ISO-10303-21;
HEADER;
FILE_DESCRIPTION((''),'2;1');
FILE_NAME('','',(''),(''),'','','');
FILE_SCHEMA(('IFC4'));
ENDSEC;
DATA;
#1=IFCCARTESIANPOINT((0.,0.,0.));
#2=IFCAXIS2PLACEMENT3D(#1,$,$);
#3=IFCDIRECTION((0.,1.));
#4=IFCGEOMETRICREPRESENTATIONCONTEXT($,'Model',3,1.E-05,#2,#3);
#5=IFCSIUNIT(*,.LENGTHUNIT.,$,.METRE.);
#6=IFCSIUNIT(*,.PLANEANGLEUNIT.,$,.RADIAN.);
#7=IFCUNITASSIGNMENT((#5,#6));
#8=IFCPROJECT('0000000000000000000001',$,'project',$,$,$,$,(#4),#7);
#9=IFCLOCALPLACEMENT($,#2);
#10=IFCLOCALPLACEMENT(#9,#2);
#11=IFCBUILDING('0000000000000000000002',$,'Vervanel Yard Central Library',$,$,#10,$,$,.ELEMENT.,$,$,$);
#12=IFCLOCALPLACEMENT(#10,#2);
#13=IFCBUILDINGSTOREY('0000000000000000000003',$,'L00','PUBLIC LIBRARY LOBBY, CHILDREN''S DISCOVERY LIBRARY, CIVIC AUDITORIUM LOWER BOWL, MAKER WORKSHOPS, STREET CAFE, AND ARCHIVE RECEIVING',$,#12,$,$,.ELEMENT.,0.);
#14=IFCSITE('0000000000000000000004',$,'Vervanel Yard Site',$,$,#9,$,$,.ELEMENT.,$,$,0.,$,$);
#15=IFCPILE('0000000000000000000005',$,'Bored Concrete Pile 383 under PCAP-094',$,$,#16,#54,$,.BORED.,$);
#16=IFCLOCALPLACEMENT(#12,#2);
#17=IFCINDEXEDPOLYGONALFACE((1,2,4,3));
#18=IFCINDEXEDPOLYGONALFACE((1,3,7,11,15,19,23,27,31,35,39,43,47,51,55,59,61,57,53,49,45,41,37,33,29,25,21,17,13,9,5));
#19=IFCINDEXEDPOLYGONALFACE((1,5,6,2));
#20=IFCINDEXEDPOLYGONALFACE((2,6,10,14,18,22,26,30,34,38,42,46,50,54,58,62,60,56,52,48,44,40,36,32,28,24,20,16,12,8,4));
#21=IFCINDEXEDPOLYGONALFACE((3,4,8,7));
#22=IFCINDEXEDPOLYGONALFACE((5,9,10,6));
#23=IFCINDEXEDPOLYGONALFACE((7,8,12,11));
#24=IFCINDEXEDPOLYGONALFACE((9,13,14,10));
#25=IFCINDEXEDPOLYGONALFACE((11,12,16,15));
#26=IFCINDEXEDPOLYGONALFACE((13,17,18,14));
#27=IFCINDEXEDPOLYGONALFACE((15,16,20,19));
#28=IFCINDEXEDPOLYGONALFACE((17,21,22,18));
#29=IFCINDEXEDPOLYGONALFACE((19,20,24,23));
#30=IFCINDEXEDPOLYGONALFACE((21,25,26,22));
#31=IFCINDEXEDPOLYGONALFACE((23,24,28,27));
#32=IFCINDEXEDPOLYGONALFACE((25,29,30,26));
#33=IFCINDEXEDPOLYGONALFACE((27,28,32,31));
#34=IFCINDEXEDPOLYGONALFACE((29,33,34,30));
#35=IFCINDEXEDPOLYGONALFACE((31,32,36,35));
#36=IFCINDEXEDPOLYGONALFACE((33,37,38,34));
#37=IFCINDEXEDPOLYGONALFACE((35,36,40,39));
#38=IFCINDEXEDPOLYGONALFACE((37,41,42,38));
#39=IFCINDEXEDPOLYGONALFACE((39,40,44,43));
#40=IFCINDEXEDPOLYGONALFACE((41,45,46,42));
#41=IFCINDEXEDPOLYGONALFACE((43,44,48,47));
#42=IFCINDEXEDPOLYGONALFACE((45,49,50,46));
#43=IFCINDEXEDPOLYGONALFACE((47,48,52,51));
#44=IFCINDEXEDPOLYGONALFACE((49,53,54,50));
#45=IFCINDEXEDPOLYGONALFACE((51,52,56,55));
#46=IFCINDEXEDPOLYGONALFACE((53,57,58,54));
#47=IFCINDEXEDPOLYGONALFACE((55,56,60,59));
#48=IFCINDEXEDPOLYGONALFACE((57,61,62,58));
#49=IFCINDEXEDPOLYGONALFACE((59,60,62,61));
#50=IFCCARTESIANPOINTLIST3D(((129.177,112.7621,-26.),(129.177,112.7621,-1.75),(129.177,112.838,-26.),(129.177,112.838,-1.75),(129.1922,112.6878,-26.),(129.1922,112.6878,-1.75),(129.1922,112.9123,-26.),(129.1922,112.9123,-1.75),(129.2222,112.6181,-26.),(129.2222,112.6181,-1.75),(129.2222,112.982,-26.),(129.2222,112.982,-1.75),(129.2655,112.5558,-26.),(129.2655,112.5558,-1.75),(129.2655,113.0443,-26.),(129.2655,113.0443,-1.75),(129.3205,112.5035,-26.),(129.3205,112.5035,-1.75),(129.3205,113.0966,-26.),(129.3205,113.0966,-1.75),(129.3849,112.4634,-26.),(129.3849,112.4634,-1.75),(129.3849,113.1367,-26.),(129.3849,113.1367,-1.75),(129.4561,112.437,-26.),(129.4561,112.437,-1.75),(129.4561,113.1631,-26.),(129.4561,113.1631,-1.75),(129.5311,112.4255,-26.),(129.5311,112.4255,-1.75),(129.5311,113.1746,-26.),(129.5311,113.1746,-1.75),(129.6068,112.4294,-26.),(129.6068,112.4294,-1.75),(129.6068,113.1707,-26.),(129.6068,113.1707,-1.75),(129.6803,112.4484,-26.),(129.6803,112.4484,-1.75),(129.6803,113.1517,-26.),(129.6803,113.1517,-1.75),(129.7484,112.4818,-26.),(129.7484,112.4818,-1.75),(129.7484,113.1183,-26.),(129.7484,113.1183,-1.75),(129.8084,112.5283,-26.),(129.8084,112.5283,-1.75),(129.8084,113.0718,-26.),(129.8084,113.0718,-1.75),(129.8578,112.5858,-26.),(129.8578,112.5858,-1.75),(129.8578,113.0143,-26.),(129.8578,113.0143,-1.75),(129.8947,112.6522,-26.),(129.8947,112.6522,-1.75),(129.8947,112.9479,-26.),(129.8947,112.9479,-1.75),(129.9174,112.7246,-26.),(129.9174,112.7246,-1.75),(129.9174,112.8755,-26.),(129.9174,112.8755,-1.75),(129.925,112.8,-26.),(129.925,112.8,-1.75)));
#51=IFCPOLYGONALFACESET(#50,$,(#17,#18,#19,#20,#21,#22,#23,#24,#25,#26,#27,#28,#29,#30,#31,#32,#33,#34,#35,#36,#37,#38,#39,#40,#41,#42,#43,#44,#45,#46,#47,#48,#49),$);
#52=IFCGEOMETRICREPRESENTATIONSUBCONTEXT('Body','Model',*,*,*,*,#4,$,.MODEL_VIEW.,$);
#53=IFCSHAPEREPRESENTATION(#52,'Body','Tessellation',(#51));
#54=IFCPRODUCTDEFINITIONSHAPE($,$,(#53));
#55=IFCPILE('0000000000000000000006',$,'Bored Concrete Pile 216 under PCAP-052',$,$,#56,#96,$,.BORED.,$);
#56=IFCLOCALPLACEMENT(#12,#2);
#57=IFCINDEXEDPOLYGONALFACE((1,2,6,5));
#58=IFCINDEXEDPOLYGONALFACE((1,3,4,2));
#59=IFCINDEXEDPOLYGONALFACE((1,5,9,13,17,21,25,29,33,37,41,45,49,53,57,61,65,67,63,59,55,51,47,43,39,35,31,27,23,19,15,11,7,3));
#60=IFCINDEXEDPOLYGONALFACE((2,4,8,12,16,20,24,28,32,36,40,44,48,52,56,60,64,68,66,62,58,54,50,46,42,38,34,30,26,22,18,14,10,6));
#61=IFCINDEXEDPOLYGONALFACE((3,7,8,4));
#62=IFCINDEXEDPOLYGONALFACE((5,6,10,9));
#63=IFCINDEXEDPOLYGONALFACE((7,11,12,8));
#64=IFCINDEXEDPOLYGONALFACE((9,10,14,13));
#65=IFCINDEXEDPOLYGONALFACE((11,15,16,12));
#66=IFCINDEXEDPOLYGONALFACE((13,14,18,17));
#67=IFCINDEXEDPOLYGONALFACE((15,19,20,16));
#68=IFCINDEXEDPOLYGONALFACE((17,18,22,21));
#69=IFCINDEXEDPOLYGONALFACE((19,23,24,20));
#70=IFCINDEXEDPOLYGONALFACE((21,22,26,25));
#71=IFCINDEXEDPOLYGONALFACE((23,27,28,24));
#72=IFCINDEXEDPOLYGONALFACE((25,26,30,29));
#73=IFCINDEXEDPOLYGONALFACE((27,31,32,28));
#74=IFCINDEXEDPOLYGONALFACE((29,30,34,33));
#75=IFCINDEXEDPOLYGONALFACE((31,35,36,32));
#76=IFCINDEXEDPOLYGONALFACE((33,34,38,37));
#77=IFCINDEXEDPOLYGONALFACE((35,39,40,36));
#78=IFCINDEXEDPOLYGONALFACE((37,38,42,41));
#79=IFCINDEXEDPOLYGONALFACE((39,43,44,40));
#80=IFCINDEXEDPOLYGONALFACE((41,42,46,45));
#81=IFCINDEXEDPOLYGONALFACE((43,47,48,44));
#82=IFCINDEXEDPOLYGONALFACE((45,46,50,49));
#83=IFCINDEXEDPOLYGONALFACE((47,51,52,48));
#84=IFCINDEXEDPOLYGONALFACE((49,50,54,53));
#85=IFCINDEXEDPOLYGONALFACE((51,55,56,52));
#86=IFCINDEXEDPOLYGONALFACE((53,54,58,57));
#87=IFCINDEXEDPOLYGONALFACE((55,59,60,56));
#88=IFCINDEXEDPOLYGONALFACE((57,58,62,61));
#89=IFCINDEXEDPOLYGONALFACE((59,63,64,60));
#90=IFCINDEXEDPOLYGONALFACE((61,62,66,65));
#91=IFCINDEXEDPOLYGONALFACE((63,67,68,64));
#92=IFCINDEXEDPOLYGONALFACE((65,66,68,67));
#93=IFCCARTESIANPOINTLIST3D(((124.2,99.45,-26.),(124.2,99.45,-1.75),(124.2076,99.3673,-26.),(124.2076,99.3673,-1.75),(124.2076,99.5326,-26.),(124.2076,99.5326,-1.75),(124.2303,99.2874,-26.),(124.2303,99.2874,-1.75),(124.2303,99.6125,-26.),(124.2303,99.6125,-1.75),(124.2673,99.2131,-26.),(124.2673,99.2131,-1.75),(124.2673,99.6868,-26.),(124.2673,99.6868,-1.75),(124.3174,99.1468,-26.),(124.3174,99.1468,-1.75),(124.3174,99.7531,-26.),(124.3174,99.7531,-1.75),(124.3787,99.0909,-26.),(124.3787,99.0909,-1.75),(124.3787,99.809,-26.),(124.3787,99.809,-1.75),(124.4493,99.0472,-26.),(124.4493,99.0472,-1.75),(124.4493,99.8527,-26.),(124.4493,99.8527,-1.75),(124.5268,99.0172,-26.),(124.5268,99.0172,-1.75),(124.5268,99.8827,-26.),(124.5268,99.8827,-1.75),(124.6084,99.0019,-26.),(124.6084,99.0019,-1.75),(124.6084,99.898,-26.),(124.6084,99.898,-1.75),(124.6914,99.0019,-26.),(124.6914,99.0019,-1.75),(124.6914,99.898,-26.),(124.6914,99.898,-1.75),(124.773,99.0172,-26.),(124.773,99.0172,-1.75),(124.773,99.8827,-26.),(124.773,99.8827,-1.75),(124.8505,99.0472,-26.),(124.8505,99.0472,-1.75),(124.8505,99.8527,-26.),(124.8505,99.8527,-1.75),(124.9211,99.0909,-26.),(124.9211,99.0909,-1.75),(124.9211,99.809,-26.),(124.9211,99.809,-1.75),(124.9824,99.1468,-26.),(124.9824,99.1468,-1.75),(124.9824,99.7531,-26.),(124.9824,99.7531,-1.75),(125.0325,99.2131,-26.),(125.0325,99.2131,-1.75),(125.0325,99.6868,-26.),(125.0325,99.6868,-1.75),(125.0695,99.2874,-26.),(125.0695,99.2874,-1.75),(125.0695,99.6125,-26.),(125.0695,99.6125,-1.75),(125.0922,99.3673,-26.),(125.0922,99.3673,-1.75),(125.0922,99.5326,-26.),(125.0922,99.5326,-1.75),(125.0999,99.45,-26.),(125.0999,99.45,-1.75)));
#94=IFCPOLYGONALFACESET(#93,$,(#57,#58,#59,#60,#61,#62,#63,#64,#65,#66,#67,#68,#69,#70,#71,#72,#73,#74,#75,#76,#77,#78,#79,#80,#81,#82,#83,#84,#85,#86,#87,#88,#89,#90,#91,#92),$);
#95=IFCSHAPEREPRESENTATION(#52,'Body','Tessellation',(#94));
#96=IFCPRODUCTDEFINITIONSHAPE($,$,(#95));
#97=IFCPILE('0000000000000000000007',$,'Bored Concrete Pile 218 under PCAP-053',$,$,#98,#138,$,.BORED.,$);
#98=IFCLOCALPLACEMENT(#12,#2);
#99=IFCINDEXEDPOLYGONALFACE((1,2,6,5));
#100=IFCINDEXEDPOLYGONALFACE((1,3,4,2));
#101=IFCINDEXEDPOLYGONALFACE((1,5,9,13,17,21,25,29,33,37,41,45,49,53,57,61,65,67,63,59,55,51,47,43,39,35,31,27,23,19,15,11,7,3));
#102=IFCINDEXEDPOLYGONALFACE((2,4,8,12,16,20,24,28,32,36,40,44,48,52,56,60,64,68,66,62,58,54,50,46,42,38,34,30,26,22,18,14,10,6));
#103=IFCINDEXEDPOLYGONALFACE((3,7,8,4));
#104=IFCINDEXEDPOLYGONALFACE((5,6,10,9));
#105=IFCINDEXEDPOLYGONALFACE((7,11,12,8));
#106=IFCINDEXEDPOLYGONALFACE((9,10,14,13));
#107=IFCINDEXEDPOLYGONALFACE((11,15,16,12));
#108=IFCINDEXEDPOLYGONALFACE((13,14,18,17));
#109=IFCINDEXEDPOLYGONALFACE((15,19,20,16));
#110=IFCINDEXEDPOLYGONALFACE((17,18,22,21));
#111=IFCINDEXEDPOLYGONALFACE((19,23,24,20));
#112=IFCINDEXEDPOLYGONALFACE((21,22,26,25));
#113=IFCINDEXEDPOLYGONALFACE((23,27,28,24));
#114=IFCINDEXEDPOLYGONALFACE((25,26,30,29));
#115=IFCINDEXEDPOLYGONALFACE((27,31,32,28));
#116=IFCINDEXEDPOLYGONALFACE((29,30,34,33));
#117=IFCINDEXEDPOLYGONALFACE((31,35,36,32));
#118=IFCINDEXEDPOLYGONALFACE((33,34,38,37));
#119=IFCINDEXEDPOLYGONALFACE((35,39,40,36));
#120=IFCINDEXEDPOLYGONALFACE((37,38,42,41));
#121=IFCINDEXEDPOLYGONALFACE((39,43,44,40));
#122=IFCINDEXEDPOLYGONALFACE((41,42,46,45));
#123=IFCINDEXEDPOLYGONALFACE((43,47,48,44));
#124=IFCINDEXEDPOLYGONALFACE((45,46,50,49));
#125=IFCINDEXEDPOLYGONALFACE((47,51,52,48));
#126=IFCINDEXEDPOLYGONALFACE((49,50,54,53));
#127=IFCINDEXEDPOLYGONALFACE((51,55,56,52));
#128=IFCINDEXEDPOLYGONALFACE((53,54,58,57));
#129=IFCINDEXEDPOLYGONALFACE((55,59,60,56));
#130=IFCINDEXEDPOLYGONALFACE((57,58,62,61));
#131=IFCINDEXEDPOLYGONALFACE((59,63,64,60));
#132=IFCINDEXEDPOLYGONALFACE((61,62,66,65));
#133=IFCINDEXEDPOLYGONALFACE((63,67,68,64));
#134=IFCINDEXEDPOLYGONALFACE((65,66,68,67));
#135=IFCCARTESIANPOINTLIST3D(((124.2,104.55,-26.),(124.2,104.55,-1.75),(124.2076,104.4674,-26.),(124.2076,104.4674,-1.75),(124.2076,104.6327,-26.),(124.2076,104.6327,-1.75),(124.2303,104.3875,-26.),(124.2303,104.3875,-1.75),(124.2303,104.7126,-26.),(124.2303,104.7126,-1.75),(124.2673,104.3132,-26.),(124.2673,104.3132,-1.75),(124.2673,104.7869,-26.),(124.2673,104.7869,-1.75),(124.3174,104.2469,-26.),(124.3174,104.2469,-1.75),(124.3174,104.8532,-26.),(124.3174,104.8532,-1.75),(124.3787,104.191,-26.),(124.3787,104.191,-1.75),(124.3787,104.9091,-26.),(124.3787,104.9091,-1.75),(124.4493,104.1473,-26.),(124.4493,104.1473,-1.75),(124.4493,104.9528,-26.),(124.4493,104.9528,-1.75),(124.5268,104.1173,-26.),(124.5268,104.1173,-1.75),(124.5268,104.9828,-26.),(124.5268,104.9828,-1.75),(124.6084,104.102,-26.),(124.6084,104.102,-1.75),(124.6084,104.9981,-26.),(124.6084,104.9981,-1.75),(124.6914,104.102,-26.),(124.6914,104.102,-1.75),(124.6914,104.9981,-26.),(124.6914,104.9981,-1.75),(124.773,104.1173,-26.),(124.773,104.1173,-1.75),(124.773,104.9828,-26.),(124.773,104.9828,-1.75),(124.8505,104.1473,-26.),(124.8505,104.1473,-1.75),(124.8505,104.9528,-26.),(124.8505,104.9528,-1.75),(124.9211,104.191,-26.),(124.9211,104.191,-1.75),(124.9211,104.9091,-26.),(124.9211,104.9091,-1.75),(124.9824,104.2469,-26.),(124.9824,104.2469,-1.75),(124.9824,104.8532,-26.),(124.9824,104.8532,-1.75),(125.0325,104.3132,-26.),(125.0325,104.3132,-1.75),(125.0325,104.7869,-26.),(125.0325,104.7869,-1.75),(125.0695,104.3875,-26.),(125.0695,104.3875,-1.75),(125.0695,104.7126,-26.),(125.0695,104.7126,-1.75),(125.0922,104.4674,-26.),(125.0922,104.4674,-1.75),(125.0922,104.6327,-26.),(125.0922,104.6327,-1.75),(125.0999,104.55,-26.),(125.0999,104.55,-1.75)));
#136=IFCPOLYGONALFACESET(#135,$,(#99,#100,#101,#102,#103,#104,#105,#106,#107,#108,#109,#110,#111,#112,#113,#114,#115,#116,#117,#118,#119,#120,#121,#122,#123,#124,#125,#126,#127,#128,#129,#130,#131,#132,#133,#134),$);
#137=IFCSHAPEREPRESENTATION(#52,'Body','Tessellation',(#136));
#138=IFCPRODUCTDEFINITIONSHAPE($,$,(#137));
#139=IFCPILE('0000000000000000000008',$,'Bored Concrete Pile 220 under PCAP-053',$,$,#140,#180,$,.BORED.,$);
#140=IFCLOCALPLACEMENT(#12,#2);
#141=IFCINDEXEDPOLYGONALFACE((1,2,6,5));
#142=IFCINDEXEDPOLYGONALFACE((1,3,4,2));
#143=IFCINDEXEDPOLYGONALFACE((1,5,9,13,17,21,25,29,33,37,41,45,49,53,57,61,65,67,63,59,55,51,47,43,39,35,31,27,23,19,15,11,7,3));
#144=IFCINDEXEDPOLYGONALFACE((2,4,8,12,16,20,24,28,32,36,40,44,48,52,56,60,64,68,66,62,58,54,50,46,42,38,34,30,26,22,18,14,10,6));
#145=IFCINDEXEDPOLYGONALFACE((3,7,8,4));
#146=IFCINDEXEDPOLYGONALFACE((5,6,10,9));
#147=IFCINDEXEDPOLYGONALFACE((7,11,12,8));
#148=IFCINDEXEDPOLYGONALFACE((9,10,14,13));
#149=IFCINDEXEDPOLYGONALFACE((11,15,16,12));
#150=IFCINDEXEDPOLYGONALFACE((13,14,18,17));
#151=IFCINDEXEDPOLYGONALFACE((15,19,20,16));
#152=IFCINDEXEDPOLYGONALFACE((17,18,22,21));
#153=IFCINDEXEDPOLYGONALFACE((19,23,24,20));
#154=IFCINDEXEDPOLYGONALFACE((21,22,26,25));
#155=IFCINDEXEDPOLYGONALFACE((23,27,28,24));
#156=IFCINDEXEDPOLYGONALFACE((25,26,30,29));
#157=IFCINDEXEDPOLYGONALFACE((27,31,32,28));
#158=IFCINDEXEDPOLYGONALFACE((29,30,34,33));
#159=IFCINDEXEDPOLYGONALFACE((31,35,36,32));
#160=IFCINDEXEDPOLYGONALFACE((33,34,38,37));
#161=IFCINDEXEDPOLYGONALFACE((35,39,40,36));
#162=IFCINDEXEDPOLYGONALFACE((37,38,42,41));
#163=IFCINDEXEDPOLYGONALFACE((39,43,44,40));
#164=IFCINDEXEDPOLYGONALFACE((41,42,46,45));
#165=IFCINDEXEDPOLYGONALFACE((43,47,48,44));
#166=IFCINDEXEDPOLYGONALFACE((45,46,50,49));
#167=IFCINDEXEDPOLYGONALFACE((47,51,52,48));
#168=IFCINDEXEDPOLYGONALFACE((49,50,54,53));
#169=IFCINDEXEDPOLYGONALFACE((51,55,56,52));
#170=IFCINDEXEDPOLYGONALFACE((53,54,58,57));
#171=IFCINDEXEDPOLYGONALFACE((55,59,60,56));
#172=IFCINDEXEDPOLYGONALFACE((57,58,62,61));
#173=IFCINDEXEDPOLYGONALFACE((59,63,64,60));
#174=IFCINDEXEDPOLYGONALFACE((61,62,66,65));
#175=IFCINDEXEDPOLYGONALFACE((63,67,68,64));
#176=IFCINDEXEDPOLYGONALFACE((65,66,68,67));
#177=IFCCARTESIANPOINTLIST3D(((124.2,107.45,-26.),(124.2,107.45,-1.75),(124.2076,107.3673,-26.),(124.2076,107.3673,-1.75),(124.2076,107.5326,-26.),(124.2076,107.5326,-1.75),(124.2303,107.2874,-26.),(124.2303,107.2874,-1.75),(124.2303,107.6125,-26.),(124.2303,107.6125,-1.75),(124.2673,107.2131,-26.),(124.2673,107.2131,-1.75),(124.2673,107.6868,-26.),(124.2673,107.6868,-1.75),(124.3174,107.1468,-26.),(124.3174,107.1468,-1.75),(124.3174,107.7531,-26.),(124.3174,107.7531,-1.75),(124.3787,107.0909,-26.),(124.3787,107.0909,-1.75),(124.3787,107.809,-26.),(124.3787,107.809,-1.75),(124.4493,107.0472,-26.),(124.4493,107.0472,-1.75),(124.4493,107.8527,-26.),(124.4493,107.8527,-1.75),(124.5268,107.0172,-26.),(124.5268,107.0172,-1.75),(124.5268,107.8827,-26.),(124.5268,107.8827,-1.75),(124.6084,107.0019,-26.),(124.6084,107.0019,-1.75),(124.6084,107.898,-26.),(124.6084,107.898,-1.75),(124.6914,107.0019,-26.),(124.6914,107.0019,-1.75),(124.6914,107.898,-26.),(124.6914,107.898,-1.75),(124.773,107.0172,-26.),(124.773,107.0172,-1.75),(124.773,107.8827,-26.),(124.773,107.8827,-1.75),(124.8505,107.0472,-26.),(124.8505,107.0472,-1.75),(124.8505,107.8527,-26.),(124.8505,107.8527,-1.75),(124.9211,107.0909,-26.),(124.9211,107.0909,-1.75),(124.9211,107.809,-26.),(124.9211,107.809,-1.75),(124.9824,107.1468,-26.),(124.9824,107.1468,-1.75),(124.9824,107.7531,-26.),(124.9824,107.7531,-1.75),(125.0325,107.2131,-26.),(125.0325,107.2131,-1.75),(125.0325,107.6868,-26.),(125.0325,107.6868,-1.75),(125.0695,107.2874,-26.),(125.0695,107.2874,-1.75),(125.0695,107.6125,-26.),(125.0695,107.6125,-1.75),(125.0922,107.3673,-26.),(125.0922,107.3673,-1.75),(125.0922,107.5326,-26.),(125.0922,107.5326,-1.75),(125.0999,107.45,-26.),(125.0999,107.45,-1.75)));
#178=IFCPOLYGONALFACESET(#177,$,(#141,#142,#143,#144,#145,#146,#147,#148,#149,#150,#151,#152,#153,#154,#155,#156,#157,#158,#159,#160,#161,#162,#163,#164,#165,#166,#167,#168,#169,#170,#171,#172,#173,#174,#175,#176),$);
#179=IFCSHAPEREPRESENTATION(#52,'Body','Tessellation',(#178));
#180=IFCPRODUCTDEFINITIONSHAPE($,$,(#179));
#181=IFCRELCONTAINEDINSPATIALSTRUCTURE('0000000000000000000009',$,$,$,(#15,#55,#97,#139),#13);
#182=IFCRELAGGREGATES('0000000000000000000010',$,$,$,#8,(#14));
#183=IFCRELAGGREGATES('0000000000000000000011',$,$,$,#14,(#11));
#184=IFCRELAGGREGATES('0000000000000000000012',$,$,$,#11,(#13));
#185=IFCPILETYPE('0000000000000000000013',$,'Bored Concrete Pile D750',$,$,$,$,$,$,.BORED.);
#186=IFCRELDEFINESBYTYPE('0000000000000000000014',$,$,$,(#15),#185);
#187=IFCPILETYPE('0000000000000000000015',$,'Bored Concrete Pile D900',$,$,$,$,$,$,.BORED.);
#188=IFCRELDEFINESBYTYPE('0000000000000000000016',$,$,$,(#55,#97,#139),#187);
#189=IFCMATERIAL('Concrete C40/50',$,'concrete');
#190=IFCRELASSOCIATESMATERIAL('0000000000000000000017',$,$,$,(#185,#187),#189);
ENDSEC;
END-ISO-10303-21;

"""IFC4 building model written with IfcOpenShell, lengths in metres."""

from ifc_helpers import new_model, si_unit, direction, frame, origin, origin_2d, place, context, subcontext, project, spatial, circle, extrude, material, material_profile, profile_set, type_object, element, save


model = new_model("IFC4")

# Units and contexts
model_context = context("Model", 3, precision=1e-05, world=origin(), true_north=direction((0.0, 1.0)))
body_context = subcontext(model_context, "Body", "Model", "MODEL_VIEW")
ifc_project = project(units=[si_unit("LENGTHUNIT", "METRE"), si_unit("PLANEANGLEUNIT", "RADIAN")], contexts=[model_context])

# Site, building, storey
site_placement = place(None, origin())
site = spatial("IfcSite", under=ifc_project, at=site_placement, Name="Vervanel Yard Site", CompositionType="ELEMENT", RefElevation=0.0)
building_placement = place(site_placement, origin())
building = spatial("IfcBuilding", under=site, at=building_placement, Name="Vervanel Yard Central Library", CompositionType="ELEMENT")
storey_placement = place(building_placement, origin())
storey = spatial("IfcBuildingStorey", under=building, at=storey_placement, Name="L00", Description="PUBLIC LIBRARY LOBBY, CHILDREN'S DISCOVERY LIBRARY, CIVIC AUDITORIUM LOWER BOWL, MAKER WORKSHOPS, STREET CAFE, AND ARCHIVE RECEIVING", CompositionType="ELEMENT", Elevation=0.0)

# Piles
ifc_material_1 = material(Name="Concrete C40/50", Category="concrete")
ifc_material_profile_1 = material_profile(ifc_material_1, circle(Radius=0.375, at=origin_2d()), Name="BP D750", Category="concrete")
ifc_profile_set_1 = profile_set([ifc_material_profile_1], Name="Concrete C40/50")
pile_type_1 = type_object("IfcPileType", Name="Bored Concrete Pile D750", PredefinedType="BORED", material=ifc_profile_set_1)
for number, where, z_axis, x_axis, name in (
    (1, (129.55, 112.8, -1.75), (0.0, 0.0, -1.0), (1.0, 0.0, 0.0), "Bored Concrete Pile 383 under PCAP-094"),
):
    element("IfcPile", number, at=place(storey_placement, frame(where, z_axis=z_axis, x_axis=x_axis)), inside=storey, type_object=pile_type_1, Name=name, PredefinedType="BORED", context=body_context, shape_type="SweptSolid", body=[
        extrude(circle(Radius=0.375, at=origin_2d()), origin(), (0.0, 0.0, 1.0), 24.25),
    ])
ifc_material_profile_2 = material_profile(ifc_material_1, circle(Radius=0.45, at=origin_2d()), Name="BP D900", Category="concrete")
ifc_profile_set_2 = profile_set([ifc_material_profile_2], Name="Concrete C40/50")
pile_type_2 = type_object("IfcPileType", Name="Bored Concrete Pile D900", PredefinedType="BORED", material=ifc_profile_set_2)
for number, where, z_axis, x_axis, name in (
    (2, (124.6499, 99.45, -1.75), (0.0, 0.0, -1.0), (1.0, 0.0, 0.0), "Bored Concrete Pile 216 under PCAP-052"),
    (3, (124.6499, 104.55, -1.75), (0.0, 0.0, -1.0), (1.0, 0.0, 0.0), "Bored Concrete Pile 218 under PCAP-053"),
    (4, (124.6499, 107.45, -1.75), (0.0, 0.0, -1.0), (1.0, 0.0, 0.0), "Bored Concrete Pile 220 under PCAP-053"),
):
    element("IfcPile", number, at=place(storey_placement, frame(where, z_axis=z_axis, x_axis=x_axis)), inside=storey, type_object=pile_type_2, Name=name, PredefinedType="BORED", context=body_context, shape_type="SweptSolid", body=[
        extrude(circle(Radius=0.45, at=origin_2d()), origin(), (0.0, 0.0, 1.0), 24.25),
    ])

save(model, "model.ifc")
